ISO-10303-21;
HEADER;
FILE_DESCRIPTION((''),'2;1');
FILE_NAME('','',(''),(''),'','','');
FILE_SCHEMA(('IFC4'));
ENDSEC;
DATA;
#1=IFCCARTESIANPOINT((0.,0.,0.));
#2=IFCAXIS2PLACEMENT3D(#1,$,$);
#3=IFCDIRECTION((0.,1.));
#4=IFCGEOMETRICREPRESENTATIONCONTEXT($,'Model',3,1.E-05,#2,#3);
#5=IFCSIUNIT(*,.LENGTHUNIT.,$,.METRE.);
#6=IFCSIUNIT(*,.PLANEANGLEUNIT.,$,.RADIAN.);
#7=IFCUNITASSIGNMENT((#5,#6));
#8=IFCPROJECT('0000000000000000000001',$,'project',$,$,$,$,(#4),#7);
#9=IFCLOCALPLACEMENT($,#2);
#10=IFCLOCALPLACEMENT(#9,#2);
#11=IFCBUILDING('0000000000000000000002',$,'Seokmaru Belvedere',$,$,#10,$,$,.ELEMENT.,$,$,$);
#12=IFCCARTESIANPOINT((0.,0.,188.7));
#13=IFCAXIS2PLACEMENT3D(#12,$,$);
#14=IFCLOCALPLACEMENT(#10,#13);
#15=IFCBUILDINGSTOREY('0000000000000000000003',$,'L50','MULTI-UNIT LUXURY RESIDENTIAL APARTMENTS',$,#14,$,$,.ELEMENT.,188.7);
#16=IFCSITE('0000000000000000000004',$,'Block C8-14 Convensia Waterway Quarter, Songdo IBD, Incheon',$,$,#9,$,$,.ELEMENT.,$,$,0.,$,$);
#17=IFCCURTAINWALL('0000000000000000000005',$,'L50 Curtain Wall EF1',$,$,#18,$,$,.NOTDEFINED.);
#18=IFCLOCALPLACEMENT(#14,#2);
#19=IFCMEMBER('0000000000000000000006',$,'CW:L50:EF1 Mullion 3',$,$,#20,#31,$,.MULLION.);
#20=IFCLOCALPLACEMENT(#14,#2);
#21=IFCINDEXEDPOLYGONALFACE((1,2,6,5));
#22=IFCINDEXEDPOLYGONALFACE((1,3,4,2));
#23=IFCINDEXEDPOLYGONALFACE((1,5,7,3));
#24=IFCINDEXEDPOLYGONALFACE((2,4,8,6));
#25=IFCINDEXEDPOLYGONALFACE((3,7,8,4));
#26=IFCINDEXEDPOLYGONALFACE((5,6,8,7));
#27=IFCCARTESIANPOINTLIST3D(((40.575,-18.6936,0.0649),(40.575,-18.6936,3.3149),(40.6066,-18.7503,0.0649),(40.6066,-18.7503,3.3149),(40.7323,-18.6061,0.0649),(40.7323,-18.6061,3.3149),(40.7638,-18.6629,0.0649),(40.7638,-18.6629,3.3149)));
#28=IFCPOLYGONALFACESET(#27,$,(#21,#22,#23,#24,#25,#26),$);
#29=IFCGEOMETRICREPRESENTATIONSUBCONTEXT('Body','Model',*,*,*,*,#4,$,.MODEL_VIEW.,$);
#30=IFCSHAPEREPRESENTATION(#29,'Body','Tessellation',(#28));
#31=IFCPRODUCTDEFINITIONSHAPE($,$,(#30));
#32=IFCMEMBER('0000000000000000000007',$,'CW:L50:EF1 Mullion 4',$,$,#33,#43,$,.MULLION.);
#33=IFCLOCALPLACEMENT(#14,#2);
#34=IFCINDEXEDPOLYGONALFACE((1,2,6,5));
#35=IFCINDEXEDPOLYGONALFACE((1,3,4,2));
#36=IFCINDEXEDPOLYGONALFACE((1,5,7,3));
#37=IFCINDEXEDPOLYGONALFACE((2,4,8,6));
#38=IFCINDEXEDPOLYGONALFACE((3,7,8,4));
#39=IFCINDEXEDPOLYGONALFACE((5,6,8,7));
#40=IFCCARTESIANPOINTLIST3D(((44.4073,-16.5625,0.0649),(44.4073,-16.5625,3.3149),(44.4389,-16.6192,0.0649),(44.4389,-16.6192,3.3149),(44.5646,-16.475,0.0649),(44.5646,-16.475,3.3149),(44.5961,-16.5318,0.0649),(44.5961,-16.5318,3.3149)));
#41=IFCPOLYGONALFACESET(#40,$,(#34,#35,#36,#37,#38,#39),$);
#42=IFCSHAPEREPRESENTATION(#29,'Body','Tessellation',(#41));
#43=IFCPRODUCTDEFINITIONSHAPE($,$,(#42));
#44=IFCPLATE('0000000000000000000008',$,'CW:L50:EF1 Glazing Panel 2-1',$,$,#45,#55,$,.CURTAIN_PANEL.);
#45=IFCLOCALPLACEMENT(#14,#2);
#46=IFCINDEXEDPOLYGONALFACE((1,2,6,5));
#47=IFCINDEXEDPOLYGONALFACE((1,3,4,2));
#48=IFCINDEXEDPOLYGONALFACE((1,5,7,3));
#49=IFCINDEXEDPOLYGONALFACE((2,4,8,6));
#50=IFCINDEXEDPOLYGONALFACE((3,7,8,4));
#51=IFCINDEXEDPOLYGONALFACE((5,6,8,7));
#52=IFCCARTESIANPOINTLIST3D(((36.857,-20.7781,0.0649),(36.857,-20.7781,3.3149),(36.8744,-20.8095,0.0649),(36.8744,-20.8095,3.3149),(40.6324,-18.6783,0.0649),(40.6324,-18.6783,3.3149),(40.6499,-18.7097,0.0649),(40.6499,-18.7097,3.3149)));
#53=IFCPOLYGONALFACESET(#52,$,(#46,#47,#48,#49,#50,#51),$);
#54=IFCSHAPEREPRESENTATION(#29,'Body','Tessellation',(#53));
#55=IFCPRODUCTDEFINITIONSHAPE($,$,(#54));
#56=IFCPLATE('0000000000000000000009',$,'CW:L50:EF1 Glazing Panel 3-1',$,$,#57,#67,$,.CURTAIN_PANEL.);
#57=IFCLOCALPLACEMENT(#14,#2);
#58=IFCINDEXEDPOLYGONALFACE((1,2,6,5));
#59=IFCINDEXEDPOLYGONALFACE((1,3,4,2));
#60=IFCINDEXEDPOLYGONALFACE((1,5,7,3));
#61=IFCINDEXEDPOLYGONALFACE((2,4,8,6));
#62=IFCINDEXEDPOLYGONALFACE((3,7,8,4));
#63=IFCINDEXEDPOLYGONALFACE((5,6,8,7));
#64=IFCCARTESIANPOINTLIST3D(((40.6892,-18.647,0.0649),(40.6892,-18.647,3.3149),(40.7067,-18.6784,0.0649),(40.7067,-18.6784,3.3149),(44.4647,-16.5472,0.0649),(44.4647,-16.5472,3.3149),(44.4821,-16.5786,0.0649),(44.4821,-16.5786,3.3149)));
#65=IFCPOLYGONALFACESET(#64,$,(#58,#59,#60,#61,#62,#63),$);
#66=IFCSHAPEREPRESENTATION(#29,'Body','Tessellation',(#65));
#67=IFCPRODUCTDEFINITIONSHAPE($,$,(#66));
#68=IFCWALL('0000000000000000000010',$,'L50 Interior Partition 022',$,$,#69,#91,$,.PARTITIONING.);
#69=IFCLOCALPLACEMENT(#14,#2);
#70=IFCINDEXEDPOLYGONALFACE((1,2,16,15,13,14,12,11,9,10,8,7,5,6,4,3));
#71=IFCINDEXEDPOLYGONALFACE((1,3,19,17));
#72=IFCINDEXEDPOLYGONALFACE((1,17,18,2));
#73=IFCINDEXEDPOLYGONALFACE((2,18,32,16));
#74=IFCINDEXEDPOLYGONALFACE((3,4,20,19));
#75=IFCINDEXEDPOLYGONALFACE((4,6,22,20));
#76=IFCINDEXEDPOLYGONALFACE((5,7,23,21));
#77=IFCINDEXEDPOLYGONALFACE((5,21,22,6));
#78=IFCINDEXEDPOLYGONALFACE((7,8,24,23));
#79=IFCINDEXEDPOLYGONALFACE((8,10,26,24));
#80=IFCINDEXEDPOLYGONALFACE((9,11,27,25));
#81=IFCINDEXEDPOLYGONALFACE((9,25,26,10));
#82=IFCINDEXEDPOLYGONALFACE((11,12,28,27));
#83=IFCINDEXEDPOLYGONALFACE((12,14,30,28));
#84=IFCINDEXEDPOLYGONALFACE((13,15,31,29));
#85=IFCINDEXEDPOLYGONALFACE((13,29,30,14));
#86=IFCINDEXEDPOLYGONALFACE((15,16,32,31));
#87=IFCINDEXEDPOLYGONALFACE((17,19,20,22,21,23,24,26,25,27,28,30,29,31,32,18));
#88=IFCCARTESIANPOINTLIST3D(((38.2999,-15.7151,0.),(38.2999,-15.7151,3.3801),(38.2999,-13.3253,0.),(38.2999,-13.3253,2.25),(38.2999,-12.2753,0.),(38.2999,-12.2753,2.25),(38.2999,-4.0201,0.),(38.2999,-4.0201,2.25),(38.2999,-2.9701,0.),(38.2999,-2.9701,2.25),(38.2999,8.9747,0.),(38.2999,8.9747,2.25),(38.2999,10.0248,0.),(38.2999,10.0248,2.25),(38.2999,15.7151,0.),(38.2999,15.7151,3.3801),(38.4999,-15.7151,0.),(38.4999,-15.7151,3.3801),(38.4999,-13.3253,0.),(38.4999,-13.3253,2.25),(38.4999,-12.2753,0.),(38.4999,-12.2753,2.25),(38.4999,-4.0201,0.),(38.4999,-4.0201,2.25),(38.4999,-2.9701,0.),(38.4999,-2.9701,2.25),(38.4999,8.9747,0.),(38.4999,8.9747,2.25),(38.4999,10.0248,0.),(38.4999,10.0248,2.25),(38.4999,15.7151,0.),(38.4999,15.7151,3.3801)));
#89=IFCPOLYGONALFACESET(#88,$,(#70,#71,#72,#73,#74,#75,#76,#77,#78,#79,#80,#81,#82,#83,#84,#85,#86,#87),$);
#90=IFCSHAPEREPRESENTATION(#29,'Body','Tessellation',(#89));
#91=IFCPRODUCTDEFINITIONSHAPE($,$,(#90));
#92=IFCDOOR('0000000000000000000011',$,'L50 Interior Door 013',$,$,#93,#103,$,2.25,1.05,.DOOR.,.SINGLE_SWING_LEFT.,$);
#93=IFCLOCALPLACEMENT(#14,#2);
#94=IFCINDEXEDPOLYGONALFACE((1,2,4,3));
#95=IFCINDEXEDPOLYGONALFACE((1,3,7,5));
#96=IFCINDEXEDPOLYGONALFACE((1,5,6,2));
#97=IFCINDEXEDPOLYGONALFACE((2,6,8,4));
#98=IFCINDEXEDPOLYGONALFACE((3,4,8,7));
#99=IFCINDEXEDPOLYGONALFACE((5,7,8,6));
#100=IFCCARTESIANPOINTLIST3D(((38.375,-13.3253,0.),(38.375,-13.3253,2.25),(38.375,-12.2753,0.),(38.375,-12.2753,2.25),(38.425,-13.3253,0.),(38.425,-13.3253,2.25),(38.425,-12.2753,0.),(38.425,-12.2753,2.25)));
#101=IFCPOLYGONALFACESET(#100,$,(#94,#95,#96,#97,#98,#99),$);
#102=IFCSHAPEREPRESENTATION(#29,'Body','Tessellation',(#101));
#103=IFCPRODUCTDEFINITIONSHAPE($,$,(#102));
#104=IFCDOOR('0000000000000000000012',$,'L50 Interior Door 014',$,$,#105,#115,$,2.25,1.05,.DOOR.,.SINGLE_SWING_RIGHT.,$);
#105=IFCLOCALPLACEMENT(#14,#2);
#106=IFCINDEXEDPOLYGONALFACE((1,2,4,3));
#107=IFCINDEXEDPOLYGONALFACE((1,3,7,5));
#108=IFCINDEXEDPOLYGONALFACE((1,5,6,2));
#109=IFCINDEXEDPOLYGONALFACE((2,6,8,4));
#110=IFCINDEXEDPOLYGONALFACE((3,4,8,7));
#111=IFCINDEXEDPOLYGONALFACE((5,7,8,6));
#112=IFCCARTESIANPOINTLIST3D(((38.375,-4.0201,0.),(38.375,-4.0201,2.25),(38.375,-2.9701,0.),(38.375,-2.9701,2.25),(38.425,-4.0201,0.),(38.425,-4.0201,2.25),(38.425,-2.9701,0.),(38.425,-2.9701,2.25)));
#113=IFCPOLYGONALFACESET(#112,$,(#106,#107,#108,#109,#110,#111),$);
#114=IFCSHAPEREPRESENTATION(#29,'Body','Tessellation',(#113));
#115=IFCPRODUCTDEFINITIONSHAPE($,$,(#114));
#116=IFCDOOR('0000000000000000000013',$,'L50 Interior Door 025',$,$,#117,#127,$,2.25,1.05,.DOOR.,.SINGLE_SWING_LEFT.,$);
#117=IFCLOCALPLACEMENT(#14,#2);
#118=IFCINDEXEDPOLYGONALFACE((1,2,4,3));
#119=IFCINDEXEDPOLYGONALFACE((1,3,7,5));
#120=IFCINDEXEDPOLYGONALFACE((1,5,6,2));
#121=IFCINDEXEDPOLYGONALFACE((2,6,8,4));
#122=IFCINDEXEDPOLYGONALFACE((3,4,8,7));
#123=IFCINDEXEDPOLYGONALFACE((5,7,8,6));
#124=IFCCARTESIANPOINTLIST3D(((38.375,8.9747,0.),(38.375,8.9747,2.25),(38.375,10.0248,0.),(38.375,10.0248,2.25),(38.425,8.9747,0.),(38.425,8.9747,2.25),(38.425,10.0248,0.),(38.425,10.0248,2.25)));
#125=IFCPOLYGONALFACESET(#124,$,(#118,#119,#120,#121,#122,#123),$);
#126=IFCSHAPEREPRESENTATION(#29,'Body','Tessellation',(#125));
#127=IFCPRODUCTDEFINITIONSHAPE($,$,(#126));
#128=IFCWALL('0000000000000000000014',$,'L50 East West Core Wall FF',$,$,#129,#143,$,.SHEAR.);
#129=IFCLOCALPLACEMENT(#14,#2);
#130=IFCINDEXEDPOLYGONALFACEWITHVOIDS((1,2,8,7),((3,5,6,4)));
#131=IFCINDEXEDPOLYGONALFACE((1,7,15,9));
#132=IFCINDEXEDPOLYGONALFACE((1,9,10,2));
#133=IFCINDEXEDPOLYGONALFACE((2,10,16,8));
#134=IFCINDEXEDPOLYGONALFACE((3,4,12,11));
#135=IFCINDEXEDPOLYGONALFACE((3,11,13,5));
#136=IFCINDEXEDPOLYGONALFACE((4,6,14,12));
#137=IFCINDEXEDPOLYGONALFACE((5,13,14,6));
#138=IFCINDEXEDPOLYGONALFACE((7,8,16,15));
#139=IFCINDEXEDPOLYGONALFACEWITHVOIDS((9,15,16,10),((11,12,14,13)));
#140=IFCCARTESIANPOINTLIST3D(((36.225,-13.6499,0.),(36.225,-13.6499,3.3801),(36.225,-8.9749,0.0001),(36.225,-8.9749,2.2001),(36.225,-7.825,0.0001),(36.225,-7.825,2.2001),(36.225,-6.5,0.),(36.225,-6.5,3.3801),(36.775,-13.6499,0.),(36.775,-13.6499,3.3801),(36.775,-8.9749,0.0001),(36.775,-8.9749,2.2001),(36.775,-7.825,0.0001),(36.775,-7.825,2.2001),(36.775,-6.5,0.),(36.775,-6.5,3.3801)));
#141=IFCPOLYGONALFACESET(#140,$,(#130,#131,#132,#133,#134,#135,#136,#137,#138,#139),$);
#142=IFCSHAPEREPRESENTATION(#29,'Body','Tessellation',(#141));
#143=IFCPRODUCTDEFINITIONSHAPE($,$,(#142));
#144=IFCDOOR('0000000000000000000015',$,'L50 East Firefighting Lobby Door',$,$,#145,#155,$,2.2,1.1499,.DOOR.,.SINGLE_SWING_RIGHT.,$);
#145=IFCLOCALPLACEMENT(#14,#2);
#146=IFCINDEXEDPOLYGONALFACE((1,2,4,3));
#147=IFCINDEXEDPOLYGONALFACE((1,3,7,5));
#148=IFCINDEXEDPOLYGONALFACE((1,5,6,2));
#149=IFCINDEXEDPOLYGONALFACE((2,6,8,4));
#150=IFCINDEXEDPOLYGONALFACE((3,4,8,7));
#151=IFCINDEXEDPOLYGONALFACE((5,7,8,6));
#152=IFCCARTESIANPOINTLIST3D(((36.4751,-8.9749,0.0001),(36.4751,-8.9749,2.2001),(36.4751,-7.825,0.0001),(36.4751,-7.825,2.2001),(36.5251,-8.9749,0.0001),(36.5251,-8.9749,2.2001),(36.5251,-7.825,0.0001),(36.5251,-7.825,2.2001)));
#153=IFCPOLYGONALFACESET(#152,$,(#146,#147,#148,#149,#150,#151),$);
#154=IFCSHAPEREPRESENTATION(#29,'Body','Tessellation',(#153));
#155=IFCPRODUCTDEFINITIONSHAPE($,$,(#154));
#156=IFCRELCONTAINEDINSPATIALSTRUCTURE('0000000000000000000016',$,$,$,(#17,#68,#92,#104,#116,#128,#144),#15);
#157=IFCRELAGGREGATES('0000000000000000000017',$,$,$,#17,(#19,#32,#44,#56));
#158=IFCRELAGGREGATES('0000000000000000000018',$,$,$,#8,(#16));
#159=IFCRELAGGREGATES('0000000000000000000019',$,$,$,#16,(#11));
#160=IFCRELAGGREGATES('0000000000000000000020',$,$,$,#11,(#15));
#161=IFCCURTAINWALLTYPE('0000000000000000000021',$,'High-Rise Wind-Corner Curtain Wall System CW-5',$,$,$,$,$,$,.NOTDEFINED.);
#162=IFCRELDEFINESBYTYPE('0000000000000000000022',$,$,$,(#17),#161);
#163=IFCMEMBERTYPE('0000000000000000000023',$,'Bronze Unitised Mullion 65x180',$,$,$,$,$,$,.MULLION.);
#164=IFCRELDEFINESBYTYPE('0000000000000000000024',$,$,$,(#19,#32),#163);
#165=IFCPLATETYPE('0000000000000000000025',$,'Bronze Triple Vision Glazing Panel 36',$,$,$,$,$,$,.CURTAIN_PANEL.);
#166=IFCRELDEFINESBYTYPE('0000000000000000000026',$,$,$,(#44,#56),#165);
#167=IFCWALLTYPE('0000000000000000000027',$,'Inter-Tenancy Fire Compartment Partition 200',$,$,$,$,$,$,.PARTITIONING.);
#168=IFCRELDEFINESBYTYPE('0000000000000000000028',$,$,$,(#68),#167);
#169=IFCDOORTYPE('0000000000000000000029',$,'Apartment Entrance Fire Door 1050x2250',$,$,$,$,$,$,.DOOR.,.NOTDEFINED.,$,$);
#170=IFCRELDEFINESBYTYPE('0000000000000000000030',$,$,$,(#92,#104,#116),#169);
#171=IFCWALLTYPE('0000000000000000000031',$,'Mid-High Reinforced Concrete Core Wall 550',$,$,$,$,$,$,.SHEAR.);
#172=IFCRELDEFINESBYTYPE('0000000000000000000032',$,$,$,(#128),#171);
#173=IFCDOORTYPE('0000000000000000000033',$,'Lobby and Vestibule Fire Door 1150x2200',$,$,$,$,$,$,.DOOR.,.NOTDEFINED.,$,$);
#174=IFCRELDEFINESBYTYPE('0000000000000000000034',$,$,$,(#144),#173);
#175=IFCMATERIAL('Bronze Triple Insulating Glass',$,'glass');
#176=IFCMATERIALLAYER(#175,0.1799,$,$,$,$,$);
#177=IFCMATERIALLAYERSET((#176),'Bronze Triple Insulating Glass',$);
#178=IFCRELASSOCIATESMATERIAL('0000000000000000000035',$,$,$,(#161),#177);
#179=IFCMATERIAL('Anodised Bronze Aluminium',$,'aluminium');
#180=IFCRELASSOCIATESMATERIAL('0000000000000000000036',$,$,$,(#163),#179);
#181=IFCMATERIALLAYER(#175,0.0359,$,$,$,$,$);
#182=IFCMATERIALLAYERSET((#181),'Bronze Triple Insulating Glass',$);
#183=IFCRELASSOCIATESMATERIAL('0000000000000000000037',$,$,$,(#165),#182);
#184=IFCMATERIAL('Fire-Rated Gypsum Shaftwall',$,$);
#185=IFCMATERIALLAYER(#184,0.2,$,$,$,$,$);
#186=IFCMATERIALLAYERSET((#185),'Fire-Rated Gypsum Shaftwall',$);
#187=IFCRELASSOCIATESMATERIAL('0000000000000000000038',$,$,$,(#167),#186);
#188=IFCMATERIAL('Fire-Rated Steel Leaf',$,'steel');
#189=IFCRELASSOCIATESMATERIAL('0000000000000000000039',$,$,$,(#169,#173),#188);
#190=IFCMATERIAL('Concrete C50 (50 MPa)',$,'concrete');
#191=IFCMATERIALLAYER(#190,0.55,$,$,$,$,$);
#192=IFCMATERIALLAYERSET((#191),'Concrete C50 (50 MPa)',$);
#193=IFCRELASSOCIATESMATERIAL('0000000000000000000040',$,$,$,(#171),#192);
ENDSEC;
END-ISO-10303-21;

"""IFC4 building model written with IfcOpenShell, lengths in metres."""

from ifc_helpers import new_model, si_unit, direction, frame, frame_2d, origin, origin_2d, place, context, subcontext, project, spatial, rectangle, extrude, source, transform, mapped, material, layer, layer_set, material_profile, profile_set, type_object, type_shapes, element, fill, aggregate, save


model = new_model("IFC4")

# Units and contexts
model_context = context("Model", 3, precision=1e-05, world=origin(), true_north=direction((0.0, 1.0)))
body_context = subcontext(model_context, "Body", "Model", "MODEL_VIEW")
ifc_project = project(units=[si_unit("LENGTHUNIT", "METRE"), si_unit("PLANEANGLEUNIT", "RADIAN")], contexts=[model_context])

# Site, building, storey
site_placement = place(None, origin())
site = spatial("IfcSite", under=ifc_project, at=site_placement, Name="Block C8-14 Convensia Waterway Quarter, Songdo IBD, Incheon", CompositionType="ELEMENT", RefElevation=0.0)
building_placement = place(site_placement, origin())
building = spatial("IfcBuilding", under=site, at=building_placement, Name="Seokmaru Belvedere", CompositionType="ELEMENT")
storey_placement = place(building_placement, frame((0.0, 0.0, 188.7)))
storey = spatial("IfcBuildingStorey", under=building, at=storey_placement, Name="L50", Description="MULTI-UNIT LUXURY RESIDENTIAL APARTMENTS", CompositionType="ELEMENT", Elevation=188.7)

# Curtain wall, members, plates
ifc_material_1 = material(Name="Bronze Triple Insulating Glass", Category="glass")
ifc_layer_1 = layer(ifc_material_1, 0.1799)
ifc_layer_set_1 = layer_set([ifc_layer_1], Name="Bronze Triple Insulating Glass")
curtain_wall_type = type_object("IfcCurtainWallType", Name="High-Rise Wind-Corner Curtain Wall System CW-5", PredefinedType="NOTDEFINED", material=ifc_layer_set_1)
curtain_wall_placement = place(storey_placement, origin())
curtain_wall = element("IfcCurtainWall", 1, at=curtain_wall_placement, inside=storey, type_object=curtain_wall_type, Name="L50 Curtain Wall EF1", PredefinedType="NOTDEFINED")
ifc_material_2 = material(Name="Anodised Bronze Aluminium", Category="aluminium")
ifc_material_profile_1 = material_profile(ifc_material_2, rectangle(XDim=0.0649, YDim=0.1799, at=origin_2d()), Name="CW-M-65x180")
ifc_profile_set_1 = profile_set([ifc_material_profile_1], Name="Anodised Bronze Aluminium")
member_type = type_object("IfcMemberType", Name="Bronze Unitised Mullion 65x180", PredefinedType="MULLION", material=ifc_profile_set_1)
shared_shape_1 = source(origin(), body_context, "Body", "SweptSolid", [
    extrude(rectangle(XDim=0.0649, YDim=0.1799, at=origin_2d()), origin(), (0.0, 0.0, 1.0), 3.25),
])
type_shapes(member_type, [shared_shape_1])
member_1_placement = place(storey_placement, frame((40.6694, -18.6782, 0.0649), z_axis=(0.0, 0.0, 1.0), x_axis=(-0.486047, 0.873933, 0.0)))
member_1 = element("IfcMember", 2, at=member_1_placement, type_object=member_type, Name="CW:L50:EF1 Mullion 3", PredefinedType="MULLION", context=body_context, shape_type="MappedRepresentation", body=[
    mapped(shared_shape_1, transform((0.0, 0.0, 0.0), scale=1.0)),
])
member_2_placement = place(storey_placement, frame((44.5017, -16.5471, 0.0649), z_axis=(0.0, 0.0, 1.0), x_axis=(-0.486047, 0.873933, 0.0)))
member_2 = element("IfcMember", 3, at=member_2_placement, type_object=member_type, Name="CW:L50:EF1 Mullion 4", PredefinedType="MULLION", context=body_context, shape_type="MappedRepresentation", body=[
    mapped(shared_shape_1, transform((0.0, 0.0, 0.0), scale=1.0)),
])
ifc_layer_2 = layer(ifc_material_1, 0.0359)
ifc_layer_set_2 = layer_set([ifc_layer_2], Name="Bronze Triple Insulating Glass")
plate_type = type_object("IfcPlateType", Name="Bronze Triple Vision Glazing Panel 36", PredefinedType="CURTAIN_PANEL", material=ifc_layer_set_2)
shared_shape_2 = source(origin(), body_context, "Body", "SweptSolid", [
    extrude(rectangle(XDim=4.3201, YDim=0.0359, at=origin_2d()), origin(), (0.0, 0.0, 1.0), 3.25),
])
type_shapes(plate_type, [shared_shape_2])
plate_1_placement = place(storey_placement, frame((38.7534, -19.7439, 0.0649), z_axis=(0.0, 0.0, 1.0), x_axis=(0.873933, 0.486047, 0.0)))
plate_1 = element("IfcPlate", 4, at=plate_1_placement, type_object=plate_type, Name="CW:L50:EF1 Glazing Panel 2-1", PredefinedType="CURTAIN_PANEL", context=body_context, shape_type="MappedRepresentation", body=[
    mapped(shared_shape_2, transform((0.0, 0.0, 0.0), scale=1.0)),
])
plate_2_placement = place(storey_placement, frame((42.5857, -17.6128, 0.0649), z_axis=(0.0, 0.0, 1.0), x_axis=(0.873933, 0.486047, 0.0)))
plate_2 = element("IfcPlate", 5, at=plate_2_placement, type_object=plate_type, Name="CW:L50:EF1 Glazing Panel 3-1", PredefinedType="CURTAIN_PANEL", context=body_context, shape_type="MappedRepresentation", body=[
    mapped(shared_shape_2, transform((0.0, 0.0, 0.0), scale=1.0)),
])
aggregate(curtain_wall, [member_1, member_2, plate_1, plate_2])

# Wall, openings, doors
ifc_material_3 = material(Name="Fire-Rated Gypsum Shaftwall")
ifc_layer_3 = layer(ifc_material_3, 0.2)
ifc_layer_set_3 = layer_set([ifc_layer_3], Name="Fire-Rated Gypsum Shaftwall")
wall_type_1 = type_object("IfcWallType", Name="Inter-Tenancy Fire Compartment Partition 200", PredefinedType="PARTITIONING", material=ifc_layer_set_3)
wall_1_placement = place(storey_placement, frame((38.3999, -15.7151, 0.0), z_axis=(0.0, 0.0, 1.0), x_axis=(0.0, 1.0, 0.0)))
wall_1 = element("IfcWall", 6, at=wall_1_placement, inside=storey, type_object=wall_type_1, Name="L50 Interior Partition 022", PredefinedType="PARTITIONING", context=body_context, shape_type="SweptSolid", body=[
    extrude(rectangle(XDim=31.4302, YDim=0.2, at=frame_2d((15.7151, 0.0))), origin(), (0.0, 0.0, 1.0), 3.3801),
])
opening_1_placement = place(wall_1_placement, frame((2.3899, 0.0, 0.0)))
opening_1 = element("IfcOpeningElement", 7, at=opening_1_placement, cuts=wall_1, PredefinedType="OPENING", context=body_context, shape_type="SweptSolid", body=[
    extrude(rectangle(XDim=1.05, YDim=2.25, at=frame_2d((0.5249, 1.125))), frame((0.0, 0.1099, 0.0), z_axis=(0.0, -1.0, 0.0), x_axis=(1.0, 0.0, 0.0)), (0.0, 0.0, 1.0), 0.22),
])
opening_2_placement = place(wall_1_placement, frame((11.6951, 0.0, 0.0)))
opening_2 = element("IfcOpeningElement", 8, at=opening_2_placement, cuts=wall_1, PredefinedType="OPENING", context=body_context, shape_type="SweptSolid", body=[
    extrude(rectangle(XDim=1.05, YDim=2.25, at=frame_2d((0.5249, 1.125))), frame((0.0, 0.1099, 0.0), z_axis=(0.0, -1.0, 0.0), x_axis=(1.0, 0.0, 0.0)), (0.0, 0.0, 1.0), 0.22),
])
opening_3_placement = place(wall_1_placement, frame((24.6899, 0.0, 0.0)))
opening_3 = element("IfcOpeningElement", 9, at=opening_3_placement, cuts=wall_1, PredefinedType="OPENING", context=body_context, shape_type="SweptSolid", body=[
    extrude(rectangle(XDim=1.05, YDim=2.25, at=frame_2d((0.5249, 1.125))), frame((0.0, 0.1099, 0.0), z_axis=(0.0, -1.0, 0.0), x_axis=(1.0, 0.0, 0.0)), (0.0, 0.0, 1.0), 0.22),
])
ifc_material_4 = material(Name="Fire-Rated Steel Leaf", Category="steel")
door_type_1 = type_object("IfcDoorType", Name="Apartment Entrance Fire Door 1050x2250", OperationType="NOTDEFINED", PredefinedType="DOOR", material=ifc_material_4)
shared_shape_3 = source(origin(), body_context, "Body", "SweptSolid", [
    extrude(rectangle(XDim=1.05, YDim=2.25, at=frame_2d((0.5249, 1.125))), frame((0.0, 0.0249, 0.0), z_axis=(0.0, -1.0, 0.0), x_axis=(1.0, 0.0, 0.0)), (0.0, 0.0, 1.0), 0.05),
])
type_shapes(door_type_1, [shared_shape_3])
door_1_placement = place(opening_1_placement, origin())
door_1 = element("IfcDoor", 10, at=door_1_placement, inside=storey, type_object=door_type_1, Name="L50 Interior Door 013", OperationType="SINGLE_SWING_LEFT", OverallHeight=2.25, OverallWidth=1.05, PredefinedType="DOOR", context=body_context, shape_type="MappedRepresentation", body=[
    mapped(shared_shape_3, transform((0.0, 0.0, 0.0), scale=1.0)),
])
fill(opening_1, door_1)
door_2_placement = place(opening_2_placement, origin())
door_2 = element("IfcDoor", 11, at=door_2_placement, inside=storey, type_object=door_type_1, Name="L50 Interior Door 014", OperationType="SINGLE_SWING_RIGHT", OverallHeight=2.25, OverallWidth=1.05, PredefinedType="DOOR", context=body_context, shape_type="MappedRepresentation", body=[
    mapped(shared_shape_3, transform((0.0, 0.0, 0.0), scale=1.0)),
])
fill(opening_2, door_2)
door_3_placement = place(opening_3_placement, origin())
door_3 = element("IfcDoor", 12, at=door_3_placement, inside=storey, type_object=door_type_1, Name="L50 Interior Door 025", OperationType="SINGLE_SWING_LEFT", OverallHeight=2.25, OverallWidth=1.05, PredefinedType="DOOR", context=body_context, shape_type="MappedRepresentation", body=[
    mapped(shared_shape_3, transform((0.0, 0.0, 0.0), scale=1.0)),
])
fill(opening_3, door_3)

# Wall, opening, door
ifc_material_5 = material(Name="Concrete C50 (50 MPa)", Category="concrete")
ifc_layer_4 = layer(ifc_material_5, 0.55)
ifc_layer_set_4 = layer_set([ifc_layer_4], Name="Concrete C50 (50 MPa)")
wall_type_2 = type_object("IfcWallType", Name="Mid-High Reinforced Concrete Core Wall 550", PredefinedType="SHEAR", material=ifc_layer_set_4)
wall_2_placement = place(storey_placement, frame((36.5, -13.6499, 0.0), z_axis=(0.0, 0.0, 1.0), x_axis=(0.0, 1.0, 0.0)))
wall_2 = element("IfcWall", 13, at=wall_2_placement, inside=storey, type_object=wall_type_2, Name="L50 East West Core Wall FF", PredefinedType="SHEAR", context=body_context, shape_type="SweptSolid", body=[
    extrude(rectangle(XDim=7.1499, YDim=0.55, at=frame_2d((3.575, 0.0))), origin(), (0.0, 0.0, 1.0), 3.3801),
])
opening_4_placement = place(wall_2_placement, frame((4.675, 0.0, 0.0)))
opening_4 = element("IfcOpeningElement", 14, at=opening_4_placement, cuts=wall_2, PredefinedType="OPENING", context=body_context, shape_type="SweptSolid", body=[
    extrude(rectangle(XDim=1.1499, YDim=2.2, at=frame_2d((0.575, 1.1001))), frame((0.0, 0.2852, 0.0), z_axis=(0.0, -1.0, 0.0), x_axis=(1.0, 0.0, 0.0)), (0.0, 0.0, 1.0), 0.5701),
])
door_type_2 = type_object("IfcDoorType", Name="Lobby and Vestibule Fire Door 1150x2200", OperationType="NOTDEFINED", PredefinedType="DOOR", material=ifc_material_4)
shared_shape_4 = source(origin(), body_context, "Body", "SweptSolid", [
    extrude(rectangle(XDim=1.1499, YDim=2.2, at=frame_2d((0.575, 1.1001))), frame((0.0, 0.0249, 0.0), z_axis=(0.0, -1.0, 0.0), x_axis=(1.0, 0.0, 0.0)), (0.0, 0.0, 1.0), 0.05),
])
type_shapes(door_type_2, [shared_shape_4])
door_4_placement = place(opening_4_placement, origin())
door_4 = element("IfcDoor", 15, at=door_4_placement, inside=storey, type_object=door_type_2, Name="L50 East Firefighting Lobby Door", OperationType="SINGLE_SWING_RIGHT", OverallHeight=2.2, OverallWidth=1.1499, PredefinedType="DOOR", context=body_context, shape_type="MappedRepresentation", body=[
    mapped(shared_shape_4, transform((0.0, 0.0, 0.0), scale=1.0)),
])
fill(opening_4, door_4)

save(model, "model.ifc")
